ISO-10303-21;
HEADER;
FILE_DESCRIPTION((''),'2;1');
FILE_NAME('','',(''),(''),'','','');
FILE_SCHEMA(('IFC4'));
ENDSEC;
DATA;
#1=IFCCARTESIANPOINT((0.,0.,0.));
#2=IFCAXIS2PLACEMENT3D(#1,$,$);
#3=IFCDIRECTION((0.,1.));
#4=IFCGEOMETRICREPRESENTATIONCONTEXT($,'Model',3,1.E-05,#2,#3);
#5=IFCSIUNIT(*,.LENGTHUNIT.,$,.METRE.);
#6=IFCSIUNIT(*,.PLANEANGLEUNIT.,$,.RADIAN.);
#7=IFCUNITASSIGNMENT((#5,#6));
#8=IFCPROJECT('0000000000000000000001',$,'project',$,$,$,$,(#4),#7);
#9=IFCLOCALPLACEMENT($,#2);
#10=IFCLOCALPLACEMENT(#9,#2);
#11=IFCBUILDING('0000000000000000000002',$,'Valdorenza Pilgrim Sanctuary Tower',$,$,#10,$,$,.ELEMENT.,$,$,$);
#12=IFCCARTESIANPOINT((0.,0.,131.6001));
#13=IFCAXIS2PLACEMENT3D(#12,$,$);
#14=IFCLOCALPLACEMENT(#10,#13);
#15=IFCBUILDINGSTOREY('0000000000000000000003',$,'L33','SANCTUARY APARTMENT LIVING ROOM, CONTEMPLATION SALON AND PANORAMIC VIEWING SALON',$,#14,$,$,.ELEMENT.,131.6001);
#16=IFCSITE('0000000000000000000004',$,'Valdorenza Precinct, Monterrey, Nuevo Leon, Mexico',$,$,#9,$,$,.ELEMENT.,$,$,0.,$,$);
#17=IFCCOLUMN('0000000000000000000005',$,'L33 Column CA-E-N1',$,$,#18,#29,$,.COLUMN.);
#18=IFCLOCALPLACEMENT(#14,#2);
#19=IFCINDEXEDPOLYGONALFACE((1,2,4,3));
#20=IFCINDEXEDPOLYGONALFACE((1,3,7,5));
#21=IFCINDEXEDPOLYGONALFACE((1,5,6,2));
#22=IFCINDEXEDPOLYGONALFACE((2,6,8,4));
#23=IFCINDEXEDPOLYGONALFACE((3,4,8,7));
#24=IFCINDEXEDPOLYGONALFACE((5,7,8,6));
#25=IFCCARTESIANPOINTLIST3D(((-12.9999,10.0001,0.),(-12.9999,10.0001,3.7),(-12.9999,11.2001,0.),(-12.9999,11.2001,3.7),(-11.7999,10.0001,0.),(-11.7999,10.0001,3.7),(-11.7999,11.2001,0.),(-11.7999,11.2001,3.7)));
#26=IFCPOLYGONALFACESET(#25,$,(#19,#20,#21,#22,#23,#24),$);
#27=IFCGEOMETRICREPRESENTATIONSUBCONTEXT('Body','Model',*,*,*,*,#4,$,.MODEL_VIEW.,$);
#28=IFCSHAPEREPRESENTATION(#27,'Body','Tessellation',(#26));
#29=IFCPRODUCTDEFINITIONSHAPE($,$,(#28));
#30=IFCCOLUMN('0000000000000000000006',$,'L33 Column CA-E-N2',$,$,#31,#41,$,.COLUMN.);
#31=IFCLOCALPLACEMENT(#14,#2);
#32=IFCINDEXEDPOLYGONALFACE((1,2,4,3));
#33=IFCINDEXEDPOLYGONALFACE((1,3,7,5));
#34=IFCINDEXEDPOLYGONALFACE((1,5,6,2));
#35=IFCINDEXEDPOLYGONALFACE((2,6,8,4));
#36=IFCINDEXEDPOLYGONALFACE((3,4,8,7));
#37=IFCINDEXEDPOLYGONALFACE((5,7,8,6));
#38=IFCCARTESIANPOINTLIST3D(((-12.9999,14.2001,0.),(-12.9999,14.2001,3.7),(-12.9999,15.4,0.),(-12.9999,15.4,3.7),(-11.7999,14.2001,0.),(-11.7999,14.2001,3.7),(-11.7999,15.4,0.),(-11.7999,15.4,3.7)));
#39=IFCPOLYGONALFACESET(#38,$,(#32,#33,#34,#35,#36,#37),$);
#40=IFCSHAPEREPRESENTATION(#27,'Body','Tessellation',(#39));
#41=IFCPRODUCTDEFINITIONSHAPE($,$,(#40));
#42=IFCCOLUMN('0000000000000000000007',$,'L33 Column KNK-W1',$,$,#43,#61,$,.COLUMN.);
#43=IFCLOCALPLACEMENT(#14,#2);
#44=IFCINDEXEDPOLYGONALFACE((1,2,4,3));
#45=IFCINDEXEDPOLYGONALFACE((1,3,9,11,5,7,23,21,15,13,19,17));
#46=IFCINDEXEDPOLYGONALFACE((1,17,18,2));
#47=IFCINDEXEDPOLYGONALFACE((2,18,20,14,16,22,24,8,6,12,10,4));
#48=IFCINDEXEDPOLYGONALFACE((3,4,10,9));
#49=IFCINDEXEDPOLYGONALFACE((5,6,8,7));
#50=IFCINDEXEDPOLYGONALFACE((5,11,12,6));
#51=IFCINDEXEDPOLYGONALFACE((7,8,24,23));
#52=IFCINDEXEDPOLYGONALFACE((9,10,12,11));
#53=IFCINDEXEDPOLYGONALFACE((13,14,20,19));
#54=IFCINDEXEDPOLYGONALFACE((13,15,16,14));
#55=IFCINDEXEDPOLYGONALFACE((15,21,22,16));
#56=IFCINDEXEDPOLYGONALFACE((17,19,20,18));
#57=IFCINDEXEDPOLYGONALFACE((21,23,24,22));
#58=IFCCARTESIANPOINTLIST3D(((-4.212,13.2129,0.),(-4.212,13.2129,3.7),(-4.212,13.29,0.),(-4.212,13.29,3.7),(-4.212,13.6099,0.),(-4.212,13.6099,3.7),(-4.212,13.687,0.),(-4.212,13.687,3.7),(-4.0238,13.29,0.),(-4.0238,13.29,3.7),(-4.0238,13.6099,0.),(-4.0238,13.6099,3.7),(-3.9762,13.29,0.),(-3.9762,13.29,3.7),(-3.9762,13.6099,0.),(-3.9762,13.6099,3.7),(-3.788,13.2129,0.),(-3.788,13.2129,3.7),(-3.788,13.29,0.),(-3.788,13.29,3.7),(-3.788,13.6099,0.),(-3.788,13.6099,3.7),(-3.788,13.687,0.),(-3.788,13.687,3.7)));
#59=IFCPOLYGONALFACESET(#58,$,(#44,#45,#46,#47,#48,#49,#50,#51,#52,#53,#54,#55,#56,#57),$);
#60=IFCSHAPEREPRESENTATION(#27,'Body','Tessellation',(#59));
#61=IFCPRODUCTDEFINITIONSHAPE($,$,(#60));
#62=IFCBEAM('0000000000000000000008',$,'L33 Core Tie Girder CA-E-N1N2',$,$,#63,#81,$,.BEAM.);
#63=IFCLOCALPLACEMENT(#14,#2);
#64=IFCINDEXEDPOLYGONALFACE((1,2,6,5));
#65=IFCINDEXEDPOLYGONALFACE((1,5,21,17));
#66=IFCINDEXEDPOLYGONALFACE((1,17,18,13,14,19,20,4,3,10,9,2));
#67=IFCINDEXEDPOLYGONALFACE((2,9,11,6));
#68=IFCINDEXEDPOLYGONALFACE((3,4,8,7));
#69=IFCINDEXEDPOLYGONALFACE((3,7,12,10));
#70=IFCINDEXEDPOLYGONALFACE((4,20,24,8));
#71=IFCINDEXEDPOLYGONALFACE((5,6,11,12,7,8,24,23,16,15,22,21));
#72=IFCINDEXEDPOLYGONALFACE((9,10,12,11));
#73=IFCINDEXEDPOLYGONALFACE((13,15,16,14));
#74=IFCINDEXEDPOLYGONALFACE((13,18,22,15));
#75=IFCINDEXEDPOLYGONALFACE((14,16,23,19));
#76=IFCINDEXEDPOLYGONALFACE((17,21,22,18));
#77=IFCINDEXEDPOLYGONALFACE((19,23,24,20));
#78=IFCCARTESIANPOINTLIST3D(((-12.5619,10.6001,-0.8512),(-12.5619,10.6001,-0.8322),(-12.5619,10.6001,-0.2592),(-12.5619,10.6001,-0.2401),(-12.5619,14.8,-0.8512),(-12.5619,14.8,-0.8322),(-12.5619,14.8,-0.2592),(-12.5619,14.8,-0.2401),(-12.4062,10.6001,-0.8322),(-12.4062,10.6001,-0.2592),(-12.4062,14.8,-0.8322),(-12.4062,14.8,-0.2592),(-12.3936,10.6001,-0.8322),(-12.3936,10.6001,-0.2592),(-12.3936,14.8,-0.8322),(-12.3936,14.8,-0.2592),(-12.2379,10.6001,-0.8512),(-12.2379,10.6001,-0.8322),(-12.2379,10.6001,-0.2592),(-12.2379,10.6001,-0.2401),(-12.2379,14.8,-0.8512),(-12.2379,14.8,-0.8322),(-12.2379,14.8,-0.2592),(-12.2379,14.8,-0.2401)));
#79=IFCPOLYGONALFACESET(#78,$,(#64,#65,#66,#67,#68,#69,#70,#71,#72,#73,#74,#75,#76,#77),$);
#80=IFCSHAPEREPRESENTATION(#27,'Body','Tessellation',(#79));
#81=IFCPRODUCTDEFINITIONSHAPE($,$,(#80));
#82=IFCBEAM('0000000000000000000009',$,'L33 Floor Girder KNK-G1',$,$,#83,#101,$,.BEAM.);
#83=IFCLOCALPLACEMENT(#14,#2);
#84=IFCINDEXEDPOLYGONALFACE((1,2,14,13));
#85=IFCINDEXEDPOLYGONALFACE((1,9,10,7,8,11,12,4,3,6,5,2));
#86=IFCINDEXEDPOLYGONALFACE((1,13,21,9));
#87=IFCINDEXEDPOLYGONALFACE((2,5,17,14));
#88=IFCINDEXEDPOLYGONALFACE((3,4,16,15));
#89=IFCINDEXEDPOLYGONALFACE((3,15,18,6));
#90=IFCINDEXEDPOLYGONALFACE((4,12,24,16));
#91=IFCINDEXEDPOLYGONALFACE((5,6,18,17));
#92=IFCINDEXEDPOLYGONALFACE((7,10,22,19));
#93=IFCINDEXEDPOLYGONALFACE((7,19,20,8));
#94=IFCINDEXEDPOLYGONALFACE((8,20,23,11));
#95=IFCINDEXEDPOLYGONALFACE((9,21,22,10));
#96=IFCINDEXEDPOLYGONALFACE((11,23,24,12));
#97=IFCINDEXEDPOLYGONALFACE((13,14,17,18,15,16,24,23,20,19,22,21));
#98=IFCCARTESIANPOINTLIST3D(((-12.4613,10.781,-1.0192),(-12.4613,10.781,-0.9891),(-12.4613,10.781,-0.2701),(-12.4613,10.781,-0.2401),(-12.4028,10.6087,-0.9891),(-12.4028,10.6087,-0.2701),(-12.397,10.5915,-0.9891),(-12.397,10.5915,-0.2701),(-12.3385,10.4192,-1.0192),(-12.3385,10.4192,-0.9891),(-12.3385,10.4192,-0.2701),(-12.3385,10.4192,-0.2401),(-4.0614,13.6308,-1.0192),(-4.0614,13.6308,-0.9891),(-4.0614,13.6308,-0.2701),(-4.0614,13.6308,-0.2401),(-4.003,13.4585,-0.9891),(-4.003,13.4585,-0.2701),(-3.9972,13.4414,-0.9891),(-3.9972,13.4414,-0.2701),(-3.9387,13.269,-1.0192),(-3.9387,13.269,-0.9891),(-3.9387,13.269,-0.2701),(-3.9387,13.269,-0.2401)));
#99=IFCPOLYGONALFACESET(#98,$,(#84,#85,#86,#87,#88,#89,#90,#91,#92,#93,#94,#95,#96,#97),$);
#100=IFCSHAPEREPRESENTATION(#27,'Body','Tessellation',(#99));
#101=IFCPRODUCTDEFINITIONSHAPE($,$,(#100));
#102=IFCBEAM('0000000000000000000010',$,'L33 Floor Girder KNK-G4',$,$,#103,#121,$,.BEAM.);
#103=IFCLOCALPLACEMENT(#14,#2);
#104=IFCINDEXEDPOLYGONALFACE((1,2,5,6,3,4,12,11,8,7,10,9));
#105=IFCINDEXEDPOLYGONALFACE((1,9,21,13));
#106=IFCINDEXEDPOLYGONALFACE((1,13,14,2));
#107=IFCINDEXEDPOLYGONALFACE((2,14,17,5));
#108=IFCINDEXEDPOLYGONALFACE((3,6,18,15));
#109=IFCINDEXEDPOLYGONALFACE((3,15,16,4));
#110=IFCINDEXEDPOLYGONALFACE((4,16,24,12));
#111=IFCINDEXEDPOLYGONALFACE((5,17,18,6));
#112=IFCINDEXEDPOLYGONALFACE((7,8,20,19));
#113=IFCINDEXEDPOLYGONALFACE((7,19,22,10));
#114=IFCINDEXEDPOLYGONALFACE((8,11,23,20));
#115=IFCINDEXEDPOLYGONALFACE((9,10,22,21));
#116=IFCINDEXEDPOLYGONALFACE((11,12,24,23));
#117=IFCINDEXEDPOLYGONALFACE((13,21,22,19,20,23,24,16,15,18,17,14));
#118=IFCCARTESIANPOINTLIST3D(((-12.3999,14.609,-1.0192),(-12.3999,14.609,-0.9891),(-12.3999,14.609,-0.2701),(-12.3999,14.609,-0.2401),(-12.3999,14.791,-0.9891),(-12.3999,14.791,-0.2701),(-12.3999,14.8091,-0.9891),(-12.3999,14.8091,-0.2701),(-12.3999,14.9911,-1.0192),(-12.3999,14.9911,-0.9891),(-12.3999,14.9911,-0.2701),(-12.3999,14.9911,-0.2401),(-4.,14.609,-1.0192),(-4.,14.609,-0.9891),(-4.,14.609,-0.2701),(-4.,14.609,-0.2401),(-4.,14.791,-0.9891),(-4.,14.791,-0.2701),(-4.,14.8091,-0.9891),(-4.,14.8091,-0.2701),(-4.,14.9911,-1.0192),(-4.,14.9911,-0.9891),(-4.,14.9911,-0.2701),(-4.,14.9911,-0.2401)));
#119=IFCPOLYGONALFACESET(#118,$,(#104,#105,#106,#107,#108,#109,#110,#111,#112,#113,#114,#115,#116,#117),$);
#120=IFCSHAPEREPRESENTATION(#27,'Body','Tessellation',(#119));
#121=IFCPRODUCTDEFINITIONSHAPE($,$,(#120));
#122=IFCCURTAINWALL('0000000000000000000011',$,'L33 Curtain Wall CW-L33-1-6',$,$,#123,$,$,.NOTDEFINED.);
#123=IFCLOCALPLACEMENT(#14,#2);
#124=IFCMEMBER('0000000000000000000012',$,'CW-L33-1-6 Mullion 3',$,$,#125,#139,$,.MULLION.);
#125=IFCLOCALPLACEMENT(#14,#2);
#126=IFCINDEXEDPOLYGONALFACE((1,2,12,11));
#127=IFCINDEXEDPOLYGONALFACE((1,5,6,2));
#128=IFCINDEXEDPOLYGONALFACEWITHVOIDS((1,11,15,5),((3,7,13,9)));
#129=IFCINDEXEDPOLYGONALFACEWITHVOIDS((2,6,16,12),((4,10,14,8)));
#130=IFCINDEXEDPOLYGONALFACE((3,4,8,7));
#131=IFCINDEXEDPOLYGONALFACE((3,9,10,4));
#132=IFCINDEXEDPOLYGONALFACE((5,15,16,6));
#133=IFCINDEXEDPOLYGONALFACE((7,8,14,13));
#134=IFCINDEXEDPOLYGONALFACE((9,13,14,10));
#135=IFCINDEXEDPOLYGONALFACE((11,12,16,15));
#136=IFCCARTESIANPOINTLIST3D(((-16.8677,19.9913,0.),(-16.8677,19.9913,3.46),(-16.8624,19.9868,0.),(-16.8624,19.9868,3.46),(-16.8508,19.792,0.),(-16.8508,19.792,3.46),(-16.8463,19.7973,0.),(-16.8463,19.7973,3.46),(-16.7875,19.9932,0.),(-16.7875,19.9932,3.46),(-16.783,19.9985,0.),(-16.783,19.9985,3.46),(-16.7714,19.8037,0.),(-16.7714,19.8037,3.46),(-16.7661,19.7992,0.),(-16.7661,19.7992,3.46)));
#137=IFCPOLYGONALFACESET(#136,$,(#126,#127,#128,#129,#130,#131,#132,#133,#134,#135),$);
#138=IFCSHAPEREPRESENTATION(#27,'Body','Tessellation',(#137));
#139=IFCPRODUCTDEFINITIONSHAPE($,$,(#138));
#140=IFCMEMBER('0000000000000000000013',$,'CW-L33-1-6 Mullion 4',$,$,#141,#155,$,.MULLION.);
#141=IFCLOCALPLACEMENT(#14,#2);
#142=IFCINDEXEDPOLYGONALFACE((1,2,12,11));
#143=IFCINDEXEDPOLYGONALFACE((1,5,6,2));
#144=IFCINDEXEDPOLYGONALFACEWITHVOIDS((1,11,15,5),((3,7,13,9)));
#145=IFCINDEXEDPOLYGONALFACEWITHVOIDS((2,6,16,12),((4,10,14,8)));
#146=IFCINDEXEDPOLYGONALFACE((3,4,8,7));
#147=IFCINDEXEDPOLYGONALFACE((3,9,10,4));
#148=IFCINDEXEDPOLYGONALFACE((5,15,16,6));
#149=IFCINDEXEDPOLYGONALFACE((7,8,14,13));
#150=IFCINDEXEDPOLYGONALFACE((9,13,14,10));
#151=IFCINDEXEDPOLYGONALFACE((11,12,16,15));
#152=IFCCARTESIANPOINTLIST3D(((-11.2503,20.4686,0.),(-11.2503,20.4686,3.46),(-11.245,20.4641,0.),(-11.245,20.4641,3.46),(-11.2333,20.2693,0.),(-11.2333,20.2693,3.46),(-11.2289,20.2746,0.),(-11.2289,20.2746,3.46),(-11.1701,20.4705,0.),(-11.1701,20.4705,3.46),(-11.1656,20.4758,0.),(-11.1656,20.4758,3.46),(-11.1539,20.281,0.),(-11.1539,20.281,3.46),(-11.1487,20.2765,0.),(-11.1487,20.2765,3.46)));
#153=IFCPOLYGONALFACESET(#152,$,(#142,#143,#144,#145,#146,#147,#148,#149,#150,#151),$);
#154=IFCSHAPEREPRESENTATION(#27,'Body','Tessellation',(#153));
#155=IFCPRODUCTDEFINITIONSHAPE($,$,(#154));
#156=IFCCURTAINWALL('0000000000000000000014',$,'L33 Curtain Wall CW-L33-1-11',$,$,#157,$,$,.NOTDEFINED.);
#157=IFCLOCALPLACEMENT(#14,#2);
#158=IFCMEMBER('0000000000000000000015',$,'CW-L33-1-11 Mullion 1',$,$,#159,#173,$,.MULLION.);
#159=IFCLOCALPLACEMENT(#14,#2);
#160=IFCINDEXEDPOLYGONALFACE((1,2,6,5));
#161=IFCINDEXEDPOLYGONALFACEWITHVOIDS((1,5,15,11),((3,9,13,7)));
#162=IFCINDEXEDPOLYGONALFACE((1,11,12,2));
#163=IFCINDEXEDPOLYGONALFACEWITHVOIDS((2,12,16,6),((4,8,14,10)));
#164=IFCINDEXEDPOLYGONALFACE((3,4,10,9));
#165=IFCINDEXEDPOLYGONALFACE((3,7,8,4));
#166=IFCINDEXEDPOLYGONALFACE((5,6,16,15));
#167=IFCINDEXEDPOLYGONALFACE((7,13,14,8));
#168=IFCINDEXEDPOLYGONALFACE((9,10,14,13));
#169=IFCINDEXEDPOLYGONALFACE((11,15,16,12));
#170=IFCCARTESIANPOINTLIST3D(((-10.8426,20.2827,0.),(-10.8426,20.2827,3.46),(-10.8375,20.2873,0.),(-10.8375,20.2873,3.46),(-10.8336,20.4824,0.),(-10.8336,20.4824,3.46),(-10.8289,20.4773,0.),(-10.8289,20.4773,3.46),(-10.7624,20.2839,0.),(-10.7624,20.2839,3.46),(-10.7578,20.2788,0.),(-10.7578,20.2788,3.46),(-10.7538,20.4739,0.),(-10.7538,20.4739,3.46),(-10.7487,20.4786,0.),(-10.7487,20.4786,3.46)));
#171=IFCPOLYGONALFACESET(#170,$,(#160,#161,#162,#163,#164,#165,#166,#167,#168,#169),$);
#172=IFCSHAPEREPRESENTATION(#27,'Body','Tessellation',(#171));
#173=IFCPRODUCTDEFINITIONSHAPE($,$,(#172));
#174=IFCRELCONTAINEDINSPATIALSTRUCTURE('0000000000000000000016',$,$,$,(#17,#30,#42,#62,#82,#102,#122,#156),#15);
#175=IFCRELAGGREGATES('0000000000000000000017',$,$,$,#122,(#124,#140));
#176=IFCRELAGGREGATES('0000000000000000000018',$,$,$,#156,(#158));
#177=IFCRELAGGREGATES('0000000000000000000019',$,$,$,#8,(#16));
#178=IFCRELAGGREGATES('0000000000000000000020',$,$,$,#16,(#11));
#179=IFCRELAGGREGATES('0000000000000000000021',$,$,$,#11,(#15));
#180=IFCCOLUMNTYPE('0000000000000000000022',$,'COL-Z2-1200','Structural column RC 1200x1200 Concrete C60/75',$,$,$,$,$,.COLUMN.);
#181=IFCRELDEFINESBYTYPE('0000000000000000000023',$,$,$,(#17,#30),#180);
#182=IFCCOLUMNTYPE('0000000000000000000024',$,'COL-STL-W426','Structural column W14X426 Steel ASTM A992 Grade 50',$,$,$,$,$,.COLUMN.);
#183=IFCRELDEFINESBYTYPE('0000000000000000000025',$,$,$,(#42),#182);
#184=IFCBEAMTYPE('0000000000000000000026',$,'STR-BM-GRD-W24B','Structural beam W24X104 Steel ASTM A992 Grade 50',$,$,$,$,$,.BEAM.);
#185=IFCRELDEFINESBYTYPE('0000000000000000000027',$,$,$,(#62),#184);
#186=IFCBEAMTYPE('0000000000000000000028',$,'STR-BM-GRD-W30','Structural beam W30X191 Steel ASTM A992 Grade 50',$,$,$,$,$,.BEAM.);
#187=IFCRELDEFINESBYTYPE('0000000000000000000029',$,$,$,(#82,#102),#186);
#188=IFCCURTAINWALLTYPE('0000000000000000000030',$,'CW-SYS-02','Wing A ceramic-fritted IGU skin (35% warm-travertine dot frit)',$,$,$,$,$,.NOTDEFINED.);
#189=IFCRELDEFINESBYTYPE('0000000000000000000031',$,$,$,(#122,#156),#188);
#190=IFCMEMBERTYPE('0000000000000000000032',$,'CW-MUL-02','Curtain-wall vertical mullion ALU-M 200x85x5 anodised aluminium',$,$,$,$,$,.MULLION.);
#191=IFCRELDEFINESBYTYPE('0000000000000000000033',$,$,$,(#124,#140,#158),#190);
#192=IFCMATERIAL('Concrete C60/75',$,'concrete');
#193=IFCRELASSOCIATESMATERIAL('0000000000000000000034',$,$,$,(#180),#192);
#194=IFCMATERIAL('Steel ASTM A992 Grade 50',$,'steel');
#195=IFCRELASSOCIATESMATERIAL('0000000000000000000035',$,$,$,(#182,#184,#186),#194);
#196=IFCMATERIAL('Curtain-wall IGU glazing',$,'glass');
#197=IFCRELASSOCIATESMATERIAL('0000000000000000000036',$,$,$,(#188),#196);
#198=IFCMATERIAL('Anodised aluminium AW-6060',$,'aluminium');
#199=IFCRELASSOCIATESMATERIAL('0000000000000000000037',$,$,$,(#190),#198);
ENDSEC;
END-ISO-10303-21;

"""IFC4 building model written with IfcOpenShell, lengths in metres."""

from ifc_helpers import new_model, si_unit, direction, frame, origin, origin_2d, place, context, subcontext, project, spatial, rectangle, hollow_rectangle, i_section, extrude, source, transform, mapped, material, material_profile, profile_set, type_object, element, aggregate, save


model = new_model("IFC4")

# Units and contexts
model_context = context("Model", 3, precision=1e-05, world=origin(), true_north=direction((0.0, 1.0)))
body_context = subcontext(model_context, "Body", "Model", "MODEL_VIEW")
ifc_project = project(units=[si_unit("LENGTHUNIT", "METRE"), si_unit("PLANEANGLEUNIT", "RADIAN")], contexts=[model_context])

# Site, building, storey
site_placement = place(None, origin())
site = spatial("IfcSite", under=ifc_project, at=site_placement, Name="Valdorenza Precinct, Monterrey, Nuevo Leon, Mexico", CompositionType="ELEMENT", RefElevation=0.0)
building_placement = place(site_placement, origin())
building = spatial("IfcBuilding", under=site, at=building_placement, Name="Valdorenza Pilgrim Sanctuary Tower", CompositionType="ELEMENT")
storey_placement = place(building_placement, frame((0.0, 0.0, 131.6001)))
storey = spatial("IfcBuildingStorey", under=building, at=storey_placement, Name="L33", Description="SANCTUARY APARTMENT LIVING ROOM, CONTEMPLATION SALON AND PANORAMIC VIEWING SALON", CompositionType="ELEMENT", Elevation=131.6001)

# Columns
ifc_material_1 = material(Name="Concrete C60/75", Category="concrete")
ifc_material_profile_1 = material_profile(ifc_material_1, rectangle(XDim=1.2, YDim=1.2, at=origin_2d()), Name="RC 1200x1200")
ifc_profile_set_1 = profile_set([ifc_material_profile_1], Name="Concrete C60/75")
column_type_1 = type_object("IfcColumnType", Name="COL-Z2-1200", Description="Structural column RC 1200x1200 Concrete C60/75", PredefinedType="COLUMN", material=ifc_profile_set_1)
shared_shape_1 = source(origin(), body_context, "Body", "SweptSolid", [
    extrude(rectangle(XDim=1.2, YDim=1.2, at=origin_2d()), origin(), (0.0, 0.0, 1.0), 3.7),
])
for number, where, z_axis, x_axis, name in (
    (1, (-12.3999, 10.6001, 0.0), (0.0, 0.0, 1.0), (1.0, 0.0, 0.0), "L33 Column CA-E-N1"),
    (2, (-12.3999, 14.8, 0.0), (0.0, 0.0, 1.0), (1.0, 0.0, 0.0), "L33 Column CA-E-N2"),
):
    element("IfcColumn", number, at=place(storey_placement, frame(where, z_axis=z_axis, x_axis=x_axis)), inside=storey, type_object=column_type_1, Name=name, PredefinedType="COLUMN", context=body_context, shape_type="MappedRepresentation", body=[
        mapped(shared_shape_1, transform((0.0, 0.0, 0.0), x_axis=(1.0, 0.0, 0.0), y_axis=(0.0, 1.0, 0.0), z_axis=(0.0, 0.0, 1.0), scale=1.0)),
    ])
ifc_material_2 = material(Name="Steel ASTM A992 Grade 50", Category="steel")
ifc_material_profile_2 = material_profile(ifc_material_2, i_section(OverallWidth=0.4241, OverallDepth=0.4741, WebThickness=0.0476, FlangeThickness=0.0771, at=origin_2d()), Name="W14X426")
ifc_profile_set_2 = profile_set([ifc_material_profile_2], Name="Steel ASTM A992 Grade 50")
column_type_2 = type_object("IfcColumnType", Name="COL-STL-W426", Description="Structural column W14X426 Steel ASTM A992 Grade 50", PredefinedType="COLUMN", material=ifc_profile_set_2)
shared_shape_2 = source(origin(), body_context, "Body", "SweptSolid", [
    extrude(i_section(OverallWidth=0.4241, OverallDepth=0.4741, WebThickness=0.0476, FlangeThickness=0.0771, at=origin_2d()), origin(), (0.0, 0.0, 1.0), 3.7),
])
column_placement = place(storey_placement, frame((-4.0, 13.45, 0.0), z_axis=(0.0, 0.0, 1.0), x_axis=(1.0, 0.0, 0.0)))
element("IfcColumn", 3, at=column_placement, inside=storey, type_object=column_type_2, Name="L33 Column KNK-W1", PredefinedType="COLUMN", context=body_context, shape_type="MappedRepresentation", body=[
    mapped(shared_shape_2, transform((0.0, 0.0, 0.0), x_axis=(1.0, 0.0, 0.0), y_axis=(0.0, 1.0, 0.0), z_axis=(0.0, 0.0, 1.0), scale=1.0)),
])

# Beams
ifc_material_profile_3 = material_profile(ifc_material_2, i_section(OverallWidth=0.324, OverallDepth=0.6111, WebThickness=0.0127, FlangeThickness=0.019, at=origin_2d()), Name="W24X104")
ifc_profile_set_3 = profile_set([ifc_material_profile_3], Name="Steel ASTM A992 Grade 50")
beam_type_1 = type_object("IfcBeamType", Name="STR-BM-GRD-W24B", Description="Structural beam W24X104 Steel ASTM A992 Grade 50", PredefinedType="BEAM", material=ifc_profile_set_3)
shared_shape_3 = source(origin(), body_context, "Body", "SweptSolid", [
    extrude(i_section(OverallWidth=0.324, OverallDepth=0.6111, WebThickness=0.0127, FlangeThickness=0.019, at=origin_2d()), origin(), (0.0, 0.0, 1.0), 4.2),
])
beam_1_placement = place(storey_placement, frame((-12.3999, 10.6001, -0.5457), z_axis=(0.0, 1.0, 0.0), x_axis=(-1.0, 0.0, 0.0)))
element("IfcBeam", 4, at=beam_1_placement, inside=storey, type_object=beam_type_1, Name="L33 Core Tie Girder CA-E-N1N2", PredefinedType="BEAM", context=body_context, shape_type="MappedRepresentation", body=[
    mapped(shared_shape_3, transform((0.0, 0.0, 0.0), x_axis=(1.0, 0.0, 0.0), y_axis=(0.0, 1.0, 0.0), z_axis=(0.0, 0.0, 1.0), scale=1.0)),
])
ifc_material_profile_4 = material_profile(ifc_material_2, i_section(OverallWidth=0.3821, OverallDepth=0.7791, WebThickness=0.0181, FlangeThickness=0.03, at=origin_2d()), Name="W30X191")
ifc_profile_set_4 = profile_set([ifc_material_profile_4], Name="Steel ASTM A992 Grade 50")
beam_type_2 = type_object("IfcBeamType", Name="STR-BM-GRD-W30", Description="Structural beam W30X191 Steel ASTM A992 Grade 50", PredefinedType="BEAM", material=ifc_profile_set_4)
shared_shape_4 = source(origin(), body_context, "Body", "SweptSolid", [
    extrude(i_section(OverallWidth=0.3821, OverallDepth=0.7791, WebThickness=0.0181, FlangeThickness=0.03, at=origin_2d()), origin(), (0.0, 0.0, 1.0), 8.8701),
])
beam_2_placement = place(storey_placement, frame((-12.3999, 10.6001, -0.6296), z_axis=(0.946983, 0.321285, 0.0), x_axis=(-0.321285, 0.946983, 0.0)))
element("IfcBeam", 5, at=beam_2_placement, inside=storey, type_object=beam_type_2, Name="L33 Floor Girder KNK-G1", PredefinedType="BEAM", context=body_context, shape_type="MappedRepresentation", body=[
    mapped(shared_shape_4, transform((0.0, 0.0, 0.0), x_axis=(1.0, 0.0, 0.0), y_axis=(0.0, 1.0, 0.0), z_axis=(0.0, 0.0, 1.0), scale=1.0)),
])
shared_shape_5 = source(origin(), body_context, "Body", "SweptSolid", [
    extrude(i_section(OverallWidth=0.3821, OverallDepth=0.7791, WebThickness=0.0181, FlangeThickness=0.03, at=origin_2d()), origin(), (0.0, 0.0, 1.0), 8.3999),
])
beam_3_placement = place(storey_placement, frame((-12.3999, 14.8, -0.6296), z_axis=(1.0, 0.0, 0.0), x_axis=(0.0, 1.0, 0.0)))
element("IfcBeam", 6, at=beam_3_placement, inside=storey, type_object=beam_type_2, Name="L33 Floor Girder KNK-G4", PredefinedType="BEAM", context=body_context, shape_type="MappedRepresentation", body=[
    mapped(shared_shape_5, transform((0.0, 0.0, 0.0), x_axis=(1.0, 0.0, 0.0), y_axis=(0.0, 1.0, 0.0), z_axis=(0.0, 0.0, 1.0), scale=1.0)),
])

# Curtain wall, members
ifc_material_3 = material(Name="Curtain-wall IGU glazing", Category="glass")
curtain_wall_type = type_object("IfcCurtainWallType", Name="CW-SYS-02", Description="Wing A ceramic-fritted IGU skin (35% warm-travertine dot frit)", PredefinedType="NOTDEFINED", material=ifc_material_3)
curtain_wall_1_placement = place(storey_placement, origin())
curtain_wall_1 = element("IfcCurtainWall", 7, at=curtain_wall_1_placement, inside=storey, type_object=curtain_wall_type, Name="L33 Curtain Wall CW-L33-1-6", PredefinedType="NOTDEFINED")
ifc_material_4 = material(Name="Anodised aluminium AW-6060", Category="aluminium")
ifc_material_profile_5 = material_profile(ifc_material_4, hollow_rectangle(XDim=0.085, YDim=0.2, WallThickness=0.0049, at=origin_2d()), Name="ALU-M 200x85x5")
ifc_profile_set_5 = profile_set([ifc_material_profile_5], Name="Anodised aluminium AW-6060")
member_type_1 = type_object("IfcMemberType", Name="CW-MUL-02", Description="Curtain-wall vertical mullion ALU-M 200x85x5 anodised aluminium", PredefinedType="MULLION", material=ifc_profile_set_5)
shared_shape_6 = source(origin(), body_context, "Body", "SweptSolid", [
    extrude(hollow_rectangle(XDim=0.085, YDim=0.2, WallThickness=0.0049, at=origin_2d()), origin(), (0.0, 0.0, 1.0), 3.46),
])
member_1_placement = place(storey_placement, frame((-16.8169, 19.8953, 0.0), z_axis=(0.0, 0.0, 1.0), x_axis=(0.996408, 0.084687, 0.0)))
member_1 = element("IfcMember", 8, at=member_1_placement, type_object=member_type_1, Name="CW-L33-1-6 Mullion 3", PredefinedType="MULLION", context=body_context, shape_type="MappedRepresentation", body=[
    mapped(shared_shape_6, transform((0.0, 0.0, 0.0), x_axis=(1.0, 0.0, 0.0), y_axis=(0.0, 1.0, 0.0), z_axis=(0.0, 0.0, 1.0), scale=1.0)),
])
member_2_placement = place(storey_placement, frame((-11.1995, 20.3726, 0.0), z_axis=(0.0, 0.0, 1.0), x_axis=(0.996408, 0.084687, 0.0)))
member_2 = element("IfcMember", 9, at=member_2_placement, type_object=member_type_1, Name="CW-L33-1-6 Mullion 4", PredefinedType="MULLION", context=body_context, shape_type="MappedRepresentation", body=[
    mapped(shared_shape_6, transform((0.0, 0.0, 0.0), x_axis=(1.0, 0.0, 0.0), y_axis=(0.0, 1.0, 0.0), z_axis=(0.0, 0.0, 1.0), scale=1.0)),
])

# Curtain wall, member
curtain_wall_2_placement = place(storey_placement, origin())
curtain_wall_2 = element("IfcCurtainWall", 10, at=curtain_wall_2_placement, inside=storey, type_object=curtain_wall_type, Name="L33 Curtain Wall CW-L33-1-11", PredefinedType="NOTDEFINED")
member_3_placement = place(storey_placement, frame((-10.7957, 20.3806, 0.0), z_axis=(0.0, 0.0, 1.0), x_axis=(0.998968, -0.045415, 0.0)))
member_3 = element("IfcMember", 11, at=member_3_placement, type_object=member_type_1, Name="CW-L33-1-11 Mullion 1", PredefinedType="MULLION", context=body_context, shape_type="MappedRepresentation", body=[
    mapped(shared_shape_6, transform((0.0, 0.0, 0.0), x_axis=(1.0, 0.0, 0.0), y_axis=(0.0, 1.0, 0.0), z_axis=(0.0, 0.0, 1.0), scale=1.0)),
])

aggregate(curtain_wall_1, [member_1, member_2])
aggregate(curtain_wall_2, [member_3])

save(model, "model.ifc")
